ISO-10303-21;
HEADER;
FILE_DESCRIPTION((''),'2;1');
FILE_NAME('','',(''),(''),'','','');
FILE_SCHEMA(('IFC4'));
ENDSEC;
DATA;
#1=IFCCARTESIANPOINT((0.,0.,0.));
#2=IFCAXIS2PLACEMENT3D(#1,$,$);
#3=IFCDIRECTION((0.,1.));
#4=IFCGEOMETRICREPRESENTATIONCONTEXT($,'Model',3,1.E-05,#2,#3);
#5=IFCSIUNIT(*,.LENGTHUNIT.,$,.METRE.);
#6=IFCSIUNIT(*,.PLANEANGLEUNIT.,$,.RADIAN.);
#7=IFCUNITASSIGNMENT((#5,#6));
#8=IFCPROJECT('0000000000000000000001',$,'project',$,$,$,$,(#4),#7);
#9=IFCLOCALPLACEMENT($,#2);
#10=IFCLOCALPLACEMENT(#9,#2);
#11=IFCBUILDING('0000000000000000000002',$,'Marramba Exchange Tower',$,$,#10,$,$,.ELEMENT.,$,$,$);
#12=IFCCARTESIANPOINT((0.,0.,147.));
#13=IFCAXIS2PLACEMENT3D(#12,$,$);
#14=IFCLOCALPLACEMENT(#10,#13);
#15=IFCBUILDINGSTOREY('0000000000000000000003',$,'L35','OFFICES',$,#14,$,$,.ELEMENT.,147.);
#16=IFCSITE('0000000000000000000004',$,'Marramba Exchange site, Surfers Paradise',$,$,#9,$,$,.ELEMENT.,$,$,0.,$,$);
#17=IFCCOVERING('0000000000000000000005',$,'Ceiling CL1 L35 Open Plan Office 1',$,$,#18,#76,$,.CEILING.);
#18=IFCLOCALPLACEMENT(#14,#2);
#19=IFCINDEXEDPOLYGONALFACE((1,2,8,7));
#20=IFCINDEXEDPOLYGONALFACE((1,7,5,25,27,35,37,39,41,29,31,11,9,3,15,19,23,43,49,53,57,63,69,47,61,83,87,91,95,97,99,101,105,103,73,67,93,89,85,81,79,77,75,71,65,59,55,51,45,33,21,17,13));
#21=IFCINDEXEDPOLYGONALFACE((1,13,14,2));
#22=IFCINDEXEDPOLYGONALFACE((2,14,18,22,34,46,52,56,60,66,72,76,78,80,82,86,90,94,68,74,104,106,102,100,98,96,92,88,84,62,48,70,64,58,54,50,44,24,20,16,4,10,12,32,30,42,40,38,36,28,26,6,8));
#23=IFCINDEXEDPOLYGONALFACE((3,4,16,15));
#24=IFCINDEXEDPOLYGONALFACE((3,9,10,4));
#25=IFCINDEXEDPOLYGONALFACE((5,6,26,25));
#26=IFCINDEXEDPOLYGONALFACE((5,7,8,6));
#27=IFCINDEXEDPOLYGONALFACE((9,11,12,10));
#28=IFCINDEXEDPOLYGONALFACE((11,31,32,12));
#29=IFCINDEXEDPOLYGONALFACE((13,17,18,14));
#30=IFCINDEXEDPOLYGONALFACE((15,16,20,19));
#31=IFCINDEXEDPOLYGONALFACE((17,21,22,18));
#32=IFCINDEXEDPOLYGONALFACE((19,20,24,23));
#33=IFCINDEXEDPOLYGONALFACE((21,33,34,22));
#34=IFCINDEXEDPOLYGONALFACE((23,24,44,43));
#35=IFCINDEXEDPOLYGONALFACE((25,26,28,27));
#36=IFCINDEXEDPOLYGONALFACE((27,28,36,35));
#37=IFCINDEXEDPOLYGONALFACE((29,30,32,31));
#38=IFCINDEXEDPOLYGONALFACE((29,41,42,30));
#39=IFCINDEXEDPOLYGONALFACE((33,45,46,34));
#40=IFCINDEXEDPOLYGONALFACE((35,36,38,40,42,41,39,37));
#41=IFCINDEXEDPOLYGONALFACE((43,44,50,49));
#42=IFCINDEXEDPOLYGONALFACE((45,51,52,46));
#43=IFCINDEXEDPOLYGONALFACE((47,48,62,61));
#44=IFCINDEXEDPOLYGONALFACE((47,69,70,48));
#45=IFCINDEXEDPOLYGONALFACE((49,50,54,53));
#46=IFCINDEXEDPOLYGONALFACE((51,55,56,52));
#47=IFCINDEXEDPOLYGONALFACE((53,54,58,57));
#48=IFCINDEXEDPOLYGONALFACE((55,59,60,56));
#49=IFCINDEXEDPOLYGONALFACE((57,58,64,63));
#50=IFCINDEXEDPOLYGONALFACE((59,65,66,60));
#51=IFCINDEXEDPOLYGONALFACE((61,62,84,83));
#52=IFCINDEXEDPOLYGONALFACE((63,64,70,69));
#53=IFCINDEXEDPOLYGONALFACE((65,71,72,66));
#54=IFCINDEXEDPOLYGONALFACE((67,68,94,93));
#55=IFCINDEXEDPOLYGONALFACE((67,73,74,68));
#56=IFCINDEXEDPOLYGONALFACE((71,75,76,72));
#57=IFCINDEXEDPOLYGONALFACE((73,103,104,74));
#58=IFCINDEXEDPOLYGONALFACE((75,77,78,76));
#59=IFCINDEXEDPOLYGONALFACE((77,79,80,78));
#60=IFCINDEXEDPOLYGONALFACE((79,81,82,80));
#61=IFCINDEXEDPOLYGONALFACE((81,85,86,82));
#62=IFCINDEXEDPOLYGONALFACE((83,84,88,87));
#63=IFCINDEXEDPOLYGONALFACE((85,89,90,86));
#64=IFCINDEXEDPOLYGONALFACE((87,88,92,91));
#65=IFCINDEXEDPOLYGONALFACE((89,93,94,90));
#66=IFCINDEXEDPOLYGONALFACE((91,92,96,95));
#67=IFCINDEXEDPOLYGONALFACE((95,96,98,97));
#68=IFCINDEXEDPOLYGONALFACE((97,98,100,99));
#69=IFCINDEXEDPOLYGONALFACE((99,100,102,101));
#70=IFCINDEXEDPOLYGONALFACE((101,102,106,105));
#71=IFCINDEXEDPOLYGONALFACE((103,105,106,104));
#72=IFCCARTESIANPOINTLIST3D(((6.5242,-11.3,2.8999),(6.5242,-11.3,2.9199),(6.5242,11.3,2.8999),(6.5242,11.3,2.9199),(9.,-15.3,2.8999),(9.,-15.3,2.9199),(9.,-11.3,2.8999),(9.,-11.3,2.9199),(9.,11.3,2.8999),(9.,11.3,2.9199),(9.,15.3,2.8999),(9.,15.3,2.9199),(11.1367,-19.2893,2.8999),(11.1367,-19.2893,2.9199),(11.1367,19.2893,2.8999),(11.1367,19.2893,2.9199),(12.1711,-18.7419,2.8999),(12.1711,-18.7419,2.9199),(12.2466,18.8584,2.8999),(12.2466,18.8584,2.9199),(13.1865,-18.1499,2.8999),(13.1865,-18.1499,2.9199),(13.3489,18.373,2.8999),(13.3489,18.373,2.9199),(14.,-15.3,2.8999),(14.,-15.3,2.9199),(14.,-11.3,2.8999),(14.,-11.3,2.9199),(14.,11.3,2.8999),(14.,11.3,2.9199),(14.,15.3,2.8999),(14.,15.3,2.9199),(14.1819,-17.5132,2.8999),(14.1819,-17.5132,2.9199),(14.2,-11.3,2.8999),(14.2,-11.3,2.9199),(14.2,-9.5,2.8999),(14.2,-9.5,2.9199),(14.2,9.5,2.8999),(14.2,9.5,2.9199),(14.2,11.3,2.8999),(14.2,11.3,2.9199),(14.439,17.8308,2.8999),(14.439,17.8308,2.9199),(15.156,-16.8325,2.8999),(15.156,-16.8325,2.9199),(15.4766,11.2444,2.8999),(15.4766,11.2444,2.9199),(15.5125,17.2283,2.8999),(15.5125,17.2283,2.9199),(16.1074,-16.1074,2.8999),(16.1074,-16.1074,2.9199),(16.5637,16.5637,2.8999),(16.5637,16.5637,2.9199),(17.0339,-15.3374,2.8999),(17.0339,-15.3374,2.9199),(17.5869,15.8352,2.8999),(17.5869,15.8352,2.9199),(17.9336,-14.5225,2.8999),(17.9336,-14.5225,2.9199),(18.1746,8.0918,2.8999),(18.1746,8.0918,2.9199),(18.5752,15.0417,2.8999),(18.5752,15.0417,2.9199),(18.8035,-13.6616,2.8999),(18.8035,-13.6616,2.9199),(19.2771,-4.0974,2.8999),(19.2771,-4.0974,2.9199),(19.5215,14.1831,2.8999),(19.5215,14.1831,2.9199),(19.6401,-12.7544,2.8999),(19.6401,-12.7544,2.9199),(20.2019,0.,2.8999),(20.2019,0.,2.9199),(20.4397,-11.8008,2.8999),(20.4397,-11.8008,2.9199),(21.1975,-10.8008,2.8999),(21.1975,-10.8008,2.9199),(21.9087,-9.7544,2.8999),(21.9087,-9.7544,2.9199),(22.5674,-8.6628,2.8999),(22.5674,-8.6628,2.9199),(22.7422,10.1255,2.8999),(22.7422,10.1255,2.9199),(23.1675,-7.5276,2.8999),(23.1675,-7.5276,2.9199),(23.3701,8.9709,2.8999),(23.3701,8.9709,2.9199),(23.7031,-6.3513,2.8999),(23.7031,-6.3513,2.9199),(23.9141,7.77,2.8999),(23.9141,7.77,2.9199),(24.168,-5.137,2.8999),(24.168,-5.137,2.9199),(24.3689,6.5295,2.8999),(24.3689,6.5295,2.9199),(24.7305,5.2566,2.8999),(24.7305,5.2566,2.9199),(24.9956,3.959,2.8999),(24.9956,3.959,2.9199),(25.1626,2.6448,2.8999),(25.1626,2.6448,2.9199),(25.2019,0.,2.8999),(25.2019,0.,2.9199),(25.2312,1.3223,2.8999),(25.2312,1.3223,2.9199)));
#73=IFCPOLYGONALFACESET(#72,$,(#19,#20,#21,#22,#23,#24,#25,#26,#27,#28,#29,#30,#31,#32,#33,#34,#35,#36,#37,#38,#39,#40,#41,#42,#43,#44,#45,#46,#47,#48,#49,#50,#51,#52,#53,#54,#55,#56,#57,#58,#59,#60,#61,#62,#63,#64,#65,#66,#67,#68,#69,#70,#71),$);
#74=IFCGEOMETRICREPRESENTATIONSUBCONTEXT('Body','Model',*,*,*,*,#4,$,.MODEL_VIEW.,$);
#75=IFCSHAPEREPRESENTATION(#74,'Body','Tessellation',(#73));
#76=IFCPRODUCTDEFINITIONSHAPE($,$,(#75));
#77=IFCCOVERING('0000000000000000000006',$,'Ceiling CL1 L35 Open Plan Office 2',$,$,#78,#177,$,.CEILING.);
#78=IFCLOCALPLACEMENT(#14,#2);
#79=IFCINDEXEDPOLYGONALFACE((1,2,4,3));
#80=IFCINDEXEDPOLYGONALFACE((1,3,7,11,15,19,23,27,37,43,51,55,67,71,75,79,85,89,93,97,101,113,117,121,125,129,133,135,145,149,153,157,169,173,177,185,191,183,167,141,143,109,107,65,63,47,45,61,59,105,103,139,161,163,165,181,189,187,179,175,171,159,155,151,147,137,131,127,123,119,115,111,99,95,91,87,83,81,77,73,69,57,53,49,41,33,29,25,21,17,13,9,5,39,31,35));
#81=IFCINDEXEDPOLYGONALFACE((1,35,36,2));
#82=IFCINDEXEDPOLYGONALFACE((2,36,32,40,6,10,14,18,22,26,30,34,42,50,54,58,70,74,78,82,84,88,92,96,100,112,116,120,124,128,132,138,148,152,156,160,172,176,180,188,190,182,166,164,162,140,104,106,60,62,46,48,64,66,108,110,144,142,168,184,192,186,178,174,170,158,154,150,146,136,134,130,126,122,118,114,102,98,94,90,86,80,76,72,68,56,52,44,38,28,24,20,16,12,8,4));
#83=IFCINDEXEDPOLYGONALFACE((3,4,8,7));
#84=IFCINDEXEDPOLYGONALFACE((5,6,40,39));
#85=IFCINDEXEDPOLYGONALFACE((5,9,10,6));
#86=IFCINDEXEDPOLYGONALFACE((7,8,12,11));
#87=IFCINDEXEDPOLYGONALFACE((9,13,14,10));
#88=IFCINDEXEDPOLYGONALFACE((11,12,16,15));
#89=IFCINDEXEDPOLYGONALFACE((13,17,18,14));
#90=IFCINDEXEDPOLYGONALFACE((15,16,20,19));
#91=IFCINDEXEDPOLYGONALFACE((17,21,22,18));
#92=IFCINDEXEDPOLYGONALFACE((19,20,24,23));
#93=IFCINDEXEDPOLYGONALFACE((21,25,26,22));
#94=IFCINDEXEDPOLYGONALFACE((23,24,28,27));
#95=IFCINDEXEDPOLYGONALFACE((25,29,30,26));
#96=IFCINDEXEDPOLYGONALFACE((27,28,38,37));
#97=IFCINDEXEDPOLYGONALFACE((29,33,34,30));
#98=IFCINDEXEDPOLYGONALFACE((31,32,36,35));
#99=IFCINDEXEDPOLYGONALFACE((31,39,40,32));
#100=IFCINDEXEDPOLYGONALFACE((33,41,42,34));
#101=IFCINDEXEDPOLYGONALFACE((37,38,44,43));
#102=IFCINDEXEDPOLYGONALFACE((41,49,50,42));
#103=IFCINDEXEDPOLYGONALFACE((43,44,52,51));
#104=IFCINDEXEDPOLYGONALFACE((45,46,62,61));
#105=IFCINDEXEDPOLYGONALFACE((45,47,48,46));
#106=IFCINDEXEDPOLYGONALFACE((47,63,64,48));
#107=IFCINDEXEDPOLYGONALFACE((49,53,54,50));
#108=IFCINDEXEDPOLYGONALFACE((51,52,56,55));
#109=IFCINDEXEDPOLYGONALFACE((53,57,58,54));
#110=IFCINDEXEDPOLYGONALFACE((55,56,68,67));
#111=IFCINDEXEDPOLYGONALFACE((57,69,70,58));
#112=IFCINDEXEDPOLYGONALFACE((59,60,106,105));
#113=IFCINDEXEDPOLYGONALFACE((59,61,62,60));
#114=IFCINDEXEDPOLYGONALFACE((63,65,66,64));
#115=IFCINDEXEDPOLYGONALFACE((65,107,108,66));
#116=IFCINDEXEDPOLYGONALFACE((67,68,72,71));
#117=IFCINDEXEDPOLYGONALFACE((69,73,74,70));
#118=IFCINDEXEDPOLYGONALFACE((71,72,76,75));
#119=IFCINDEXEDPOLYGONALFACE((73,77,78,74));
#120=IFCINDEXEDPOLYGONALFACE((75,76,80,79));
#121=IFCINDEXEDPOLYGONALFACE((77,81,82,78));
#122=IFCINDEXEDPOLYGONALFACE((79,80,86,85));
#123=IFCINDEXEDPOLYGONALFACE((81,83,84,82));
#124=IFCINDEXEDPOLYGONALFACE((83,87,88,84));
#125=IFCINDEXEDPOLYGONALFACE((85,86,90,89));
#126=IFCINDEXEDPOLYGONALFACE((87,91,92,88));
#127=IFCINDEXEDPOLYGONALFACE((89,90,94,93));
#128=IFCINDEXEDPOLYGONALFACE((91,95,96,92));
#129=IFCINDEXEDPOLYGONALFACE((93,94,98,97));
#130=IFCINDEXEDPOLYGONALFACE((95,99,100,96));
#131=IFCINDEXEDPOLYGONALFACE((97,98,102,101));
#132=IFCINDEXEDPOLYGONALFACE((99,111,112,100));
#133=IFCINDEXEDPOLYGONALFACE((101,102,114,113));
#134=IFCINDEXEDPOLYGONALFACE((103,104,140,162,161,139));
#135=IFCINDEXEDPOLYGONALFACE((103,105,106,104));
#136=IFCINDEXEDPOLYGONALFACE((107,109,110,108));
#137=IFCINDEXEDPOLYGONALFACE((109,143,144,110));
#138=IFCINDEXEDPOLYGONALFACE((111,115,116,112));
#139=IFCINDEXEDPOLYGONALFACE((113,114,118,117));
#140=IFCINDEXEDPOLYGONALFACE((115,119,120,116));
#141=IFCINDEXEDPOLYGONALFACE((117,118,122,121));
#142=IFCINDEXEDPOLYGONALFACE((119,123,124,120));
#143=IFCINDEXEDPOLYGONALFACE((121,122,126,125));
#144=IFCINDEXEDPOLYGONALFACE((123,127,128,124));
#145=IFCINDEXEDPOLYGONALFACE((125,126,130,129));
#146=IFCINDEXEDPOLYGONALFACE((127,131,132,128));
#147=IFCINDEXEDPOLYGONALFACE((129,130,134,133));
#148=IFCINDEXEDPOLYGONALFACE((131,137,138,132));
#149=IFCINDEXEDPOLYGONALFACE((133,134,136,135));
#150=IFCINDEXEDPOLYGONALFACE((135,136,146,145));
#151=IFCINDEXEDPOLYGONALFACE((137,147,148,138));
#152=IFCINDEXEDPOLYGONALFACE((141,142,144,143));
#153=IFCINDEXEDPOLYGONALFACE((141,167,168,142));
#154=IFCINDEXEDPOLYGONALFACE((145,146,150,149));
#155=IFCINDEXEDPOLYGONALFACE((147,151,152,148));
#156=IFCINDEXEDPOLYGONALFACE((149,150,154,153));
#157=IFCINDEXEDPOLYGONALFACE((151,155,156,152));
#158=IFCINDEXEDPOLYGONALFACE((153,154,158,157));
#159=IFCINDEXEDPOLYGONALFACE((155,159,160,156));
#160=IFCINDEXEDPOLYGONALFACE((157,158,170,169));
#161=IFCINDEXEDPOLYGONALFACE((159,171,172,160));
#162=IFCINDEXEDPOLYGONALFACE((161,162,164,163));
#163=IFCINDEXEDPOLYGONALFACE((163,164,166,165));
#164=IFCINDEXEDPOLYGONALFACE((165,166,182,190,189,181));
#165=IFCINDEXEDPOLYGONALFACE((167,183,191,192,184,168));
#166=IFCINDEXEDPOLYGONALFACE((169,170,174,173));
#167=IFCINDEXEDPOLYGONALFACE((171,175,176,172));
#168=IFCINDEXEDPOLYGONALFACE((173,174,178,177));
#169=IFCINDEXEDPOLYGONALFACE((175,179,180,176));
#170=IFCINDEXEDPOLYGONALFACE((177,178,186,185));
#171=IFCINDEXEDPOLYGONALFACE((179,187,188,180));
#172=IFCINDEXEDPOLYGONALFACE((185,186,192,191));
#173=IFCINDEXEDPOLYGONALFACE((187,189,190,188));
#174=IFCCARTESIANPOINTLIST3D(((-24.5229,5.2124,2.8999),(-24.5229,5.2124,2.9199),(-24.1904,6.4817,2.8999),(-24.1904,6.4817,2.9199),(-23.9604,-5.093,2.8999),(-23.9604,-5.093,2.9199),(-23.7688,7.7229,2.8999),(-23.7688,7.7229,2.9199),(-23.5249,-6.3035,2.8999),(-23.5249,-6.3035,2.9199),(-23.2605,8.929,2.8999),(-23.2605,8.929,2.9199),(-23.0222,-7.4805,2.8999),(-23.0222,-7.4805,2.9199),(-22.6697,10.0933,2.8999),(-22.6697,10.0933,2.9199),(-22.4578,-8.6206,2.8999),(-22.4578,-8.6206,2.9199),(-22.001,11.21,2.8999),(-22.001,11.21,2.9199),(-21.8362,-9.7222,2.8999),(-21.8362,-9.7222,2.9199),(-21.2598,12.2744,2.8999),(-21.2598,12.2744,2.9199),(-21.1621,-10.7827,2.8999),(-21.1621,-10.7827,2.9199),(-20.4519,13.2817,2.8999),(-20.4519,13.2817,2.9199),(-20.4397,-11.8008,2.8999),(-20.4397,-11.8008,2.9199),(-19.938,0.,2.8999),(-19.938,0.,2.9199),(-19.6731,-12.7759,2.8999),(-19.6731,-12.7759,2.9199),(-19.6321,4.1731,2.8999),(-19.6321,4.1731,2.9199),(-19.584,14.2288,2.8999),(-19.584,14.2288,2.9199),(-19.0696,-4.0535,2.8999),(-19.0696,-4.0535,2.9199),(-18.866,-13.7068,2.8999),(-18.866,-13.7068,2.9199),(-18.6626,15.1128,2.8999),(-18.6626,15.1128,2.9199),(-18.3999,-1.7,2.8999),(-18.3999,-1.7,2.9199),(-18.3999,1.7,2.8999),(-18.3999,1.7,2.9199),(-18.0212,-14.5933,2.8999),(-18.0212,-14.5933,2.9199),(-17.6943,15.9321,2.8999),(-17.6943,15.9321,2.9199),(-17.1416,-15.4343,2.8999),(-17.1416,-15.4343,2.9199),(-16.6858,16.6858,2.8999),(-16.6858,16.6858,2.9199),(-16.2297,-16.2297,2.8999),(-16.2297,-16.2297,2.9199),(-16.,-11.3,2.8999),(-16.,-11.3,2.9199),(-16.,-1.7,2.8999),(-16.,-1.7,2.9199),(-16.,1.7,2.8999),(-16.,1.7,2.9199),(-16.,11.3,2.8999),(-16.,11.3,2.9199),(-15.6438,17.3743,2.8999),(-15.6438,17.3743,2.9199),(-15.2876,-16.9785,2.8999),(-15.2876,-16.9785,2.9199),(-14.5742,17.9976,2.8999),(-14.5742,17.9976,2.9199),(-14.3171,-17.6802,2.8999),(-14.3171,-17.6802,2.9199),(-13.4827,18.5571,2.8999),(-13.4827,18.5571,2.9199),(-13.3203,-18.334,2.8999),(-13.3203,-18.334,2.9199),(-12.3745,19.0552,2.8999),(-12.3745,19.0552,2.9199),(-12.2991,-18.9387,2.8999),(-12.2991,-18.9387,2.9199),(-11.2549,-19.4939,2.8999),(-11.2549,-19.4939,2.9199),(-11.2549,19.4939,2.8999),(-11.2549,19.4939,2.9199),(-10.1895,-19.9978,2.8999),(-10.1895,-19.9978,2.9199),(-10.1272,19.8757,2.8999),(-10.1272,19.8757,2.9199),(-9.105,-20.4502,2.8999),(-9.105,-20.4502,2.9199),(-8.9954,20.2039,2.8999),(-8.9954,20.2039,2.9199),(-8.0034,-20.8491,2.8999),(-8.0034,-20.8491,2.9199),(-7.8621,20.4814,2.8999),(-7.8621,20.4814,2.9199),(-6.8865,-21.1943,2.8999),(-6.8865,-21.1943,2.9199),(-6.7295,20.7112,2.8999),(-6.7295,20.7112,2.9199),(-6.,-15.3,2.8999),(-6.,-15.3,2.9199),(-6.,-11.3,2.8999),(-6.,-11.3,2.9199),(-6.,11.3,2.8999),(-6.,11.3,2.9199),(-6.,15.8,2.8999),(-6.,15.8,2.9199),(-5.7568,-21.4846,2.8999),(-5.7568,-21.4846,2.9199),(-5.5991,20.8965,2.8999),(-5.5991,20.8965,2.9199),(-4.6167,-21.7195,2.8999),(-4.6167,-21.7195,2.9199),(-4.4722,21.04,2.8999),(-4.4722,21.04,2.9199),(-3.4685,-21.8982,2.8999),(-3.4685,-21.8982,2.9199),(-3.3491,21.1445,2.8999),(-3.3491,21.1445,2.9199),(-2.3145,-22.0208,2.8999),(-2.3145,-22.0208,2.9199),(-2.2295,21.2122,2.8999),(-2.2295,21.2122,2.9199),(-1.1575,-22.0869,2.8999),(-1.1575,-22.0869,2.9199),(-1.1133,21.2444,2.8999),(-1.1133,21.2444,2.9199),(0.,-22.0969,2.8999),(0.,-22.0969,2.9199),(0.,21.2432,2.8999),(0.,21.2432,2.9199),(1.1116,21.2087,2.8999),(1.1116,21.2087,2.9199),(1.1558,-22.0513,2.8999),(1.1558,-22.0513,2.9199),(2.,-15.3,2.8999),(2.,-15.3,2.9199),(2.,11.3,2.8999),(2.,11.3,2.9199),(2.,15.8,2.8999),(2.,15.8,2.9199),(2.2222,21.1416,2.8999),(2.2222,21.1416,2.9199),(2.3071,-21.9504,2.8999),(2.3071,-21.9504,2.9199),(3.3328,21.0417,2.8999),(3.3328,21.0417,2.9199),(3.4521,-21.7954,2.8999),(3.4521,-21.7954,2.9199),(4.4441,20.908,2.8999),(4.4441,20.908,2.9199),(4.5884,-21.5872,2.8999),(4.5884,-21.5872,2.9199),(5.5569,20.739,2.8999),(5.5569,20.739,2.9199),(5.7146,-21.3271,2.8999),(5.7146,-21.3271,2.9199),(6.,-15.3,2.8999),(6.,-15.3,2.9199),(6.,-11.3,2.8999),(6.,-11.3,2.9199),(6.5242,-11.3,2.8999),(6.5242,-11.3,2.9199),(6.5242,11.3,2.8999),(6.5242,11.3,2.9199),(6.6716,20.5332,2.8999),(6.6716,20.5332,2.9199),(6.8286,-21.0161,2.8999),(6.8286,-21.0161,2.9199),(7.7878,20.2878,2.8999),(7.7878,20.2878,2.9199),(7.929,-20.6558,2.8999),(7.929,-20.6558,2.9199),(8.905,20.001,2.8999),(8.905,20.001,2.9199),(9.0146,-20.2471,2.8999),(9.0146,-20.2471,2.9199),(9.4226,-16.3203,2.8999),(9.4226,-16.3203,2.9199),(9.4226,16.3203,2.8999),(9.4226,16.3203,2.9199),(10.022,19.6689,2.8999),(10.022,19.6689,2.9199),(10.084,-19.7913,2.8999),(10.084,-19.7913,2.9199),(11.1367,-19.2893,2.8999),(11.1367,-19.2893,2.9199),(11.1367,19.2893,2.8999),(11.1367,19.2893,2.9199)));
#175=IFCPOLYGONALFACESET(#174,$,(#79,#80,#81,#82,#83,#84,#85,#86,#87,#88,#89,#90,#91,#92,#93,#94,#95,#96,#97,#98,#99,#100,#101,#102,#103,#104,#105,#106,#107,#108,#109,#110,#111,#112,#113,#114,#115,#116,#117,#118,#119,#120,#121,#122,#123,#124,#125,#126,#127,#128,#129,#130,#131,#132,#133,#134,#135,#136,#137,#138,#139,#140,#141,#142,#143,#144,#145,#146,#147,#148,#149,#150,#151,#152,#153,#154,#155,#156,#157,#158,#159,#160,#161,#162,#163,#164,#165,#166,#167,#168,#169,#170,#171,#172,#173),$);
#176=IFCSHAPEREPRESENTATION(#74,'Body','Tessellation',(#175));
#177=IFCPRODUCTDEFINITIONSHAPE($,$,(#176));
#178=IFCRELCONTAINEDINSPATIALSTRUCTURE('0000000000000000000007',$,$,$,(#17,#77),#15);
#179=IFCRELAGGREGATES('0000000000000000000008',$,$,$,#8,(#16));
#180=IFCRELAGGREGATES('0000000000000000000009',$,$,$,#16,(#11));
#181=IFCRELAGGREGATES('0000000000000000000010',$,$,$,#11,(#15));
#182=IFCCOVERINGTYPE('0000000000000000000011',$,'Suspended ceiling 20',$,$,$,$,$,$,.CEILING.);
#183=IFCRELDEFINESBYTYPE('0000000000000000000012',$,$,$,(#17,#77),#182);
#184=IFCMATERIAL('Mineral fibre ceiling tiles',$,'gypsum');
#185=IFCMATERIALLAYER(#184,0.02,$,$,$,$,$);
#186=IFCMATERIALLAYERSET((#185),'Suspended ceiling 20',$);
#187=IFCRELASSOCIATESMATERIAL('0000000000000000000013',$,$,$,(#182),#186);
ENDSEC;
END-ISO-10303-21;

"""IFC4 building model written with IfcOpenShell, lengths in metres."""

from ifc_helpers import new_model, si_unit, direction, frame, origin, place, context, subcontext, project, spatial, polyline, outline, extrude, material, layer, layer_set, type_object, element, save


model = new_model("IFC4")

# Units and contexts
model_context = context("Model", 3, precision=1e-05, world=origin(), true_north=direction((0.0, 1.0)))
body_context = subcontext(model_context, "Body", "Model", "MODEL_VIEW")
ifc_project = project(units=[si_unit("LENGTHUNIT", "METRE"), si_unit("PLANEANGLEUNIT", "RADIAN")], contexts=[model_context])

# Site, building, storey
site_placement = place(None, origin())
site = spatial("IfcSite", under=ifc_project, at=site_placement, Name="Marramba Exchange site, Surfers Paradise", CompositionType="ELEMENT", RefElevation=0.0)
building_placement = place(site_placement, origin())
building = spatial("IfcBuilding", under=site, at=building_placement, Name="Marramba Exchange Tower", CompositionType="ELEMENT")
storey_placement = place(building_placement, frame((0.0, 0.0, 147.0)))
storey = spatial("IfcBuildingStorey", under=building, at=storey_placement, Name="L35", Description="OFFICES", CompositionType="ELEMENT", Elevation=147.0)

# Coverings
ifc_material_1 = material(Name="Mineral fibre ceiling tiles", Category="gypsum")
ifc_layer_1 = layer(ifc_material_1, 0.02)
ifc_layer_set_1 = layer_set([ifc_layer_1], Name="Suspended ceiling 20")
covering_type = type_object("IfcCoveringType", Name="Suspended ceiling 20", PredefinedType="CEILING", material=ifc_layer_set_1)
covering_1_placement = place(storey_placement, frame((0.0, 0.0, 2.8999)))
element("IfcCovering", 1, at=covering_1_placement, inside=storey, type_object=covering_type, Name="Ceiling CL1 L35 Open Plan Office 1", PredefinedType="CEILING", context=body_context, shape_type="SweptSolid", body=[
    extrude(outline(polyline([(14.2, -9.5), (14.2, 9.5), (14.2, 11.3), (14.0, 11.3), (14.0, 15.3), (9.0, 15.3), (9.0, 11.3), (6.5242, 11.3), (11.1367, 19.2893), (12.2466, 18.8584), (13.3489, 18.373), (14.439, 17.8308), (15.5125, 17.2283), (16.5637, 16.5637), (17.5869, 15.8352), (18.5752, 15.0417), (19.5215, 14.1831), (15.4766, 11.2444), (18.1746, 8.0918), (22.7422, 10.1255), (23.3701, 8.9709), (23.9141, 7.77), (24.3689, 6.5295), (24.7305, 5.2566), (24.9956, 3.959), (25.1626, 2.6448), (25.2312, 1.3223), (25.2019, 0.0), (20.2019, 0.0), (19.2771, -4.0974), (24.168, -5.137), (23.7031, -6.3513), (23.1675, -7.5276), (22.5674, -8.6628), (21.9087, -9.7544), (21.1975, -10.8008), (20.4397, -11.8008), (19.6401, -12.7544), (18.8035, -13.6616), (17.9336, -14.5225), (17.0339, -15.3374), (16.1074, -16.1074), (15.156, -16.8325), (14.1819, -17.5132), (13.1865, -18.1499), (12.1711, -18.7419), (11.1367, -19.2893), (6.5242, -11.3), (9.0, -11.3), (9.0, -15.3), (14.0, -15.3), (14.0, -11.3), (14.2, -11.3), (14.2, -9.5)])), origin(), (0.0, 0.0, 1.0), 0.02),
])
covering_2_placement = place(storey_placement, frame((0.0, 0.0, 2.8999)))
element("IfcCovering", 2, at=covering_2_placement, inside=storey, type_object=covering_type, Name="Ceiling CL1 L35 Open Plan Office 2", PredefinedType="CEILING", context=body_context, shape_type="SweptSolid", body=[
    extrude(outline(polyline([(-16.0, 1.7), (-18.3999, 1.7), (-18.3999, -1.7), (-16.0, -1.7), (-16.0, -11.3), (-6.0, -11.3), (-6.0, -15.3), (2.0, -15.3), (6.0, -15.3), (6.0, -11.3), (6.5242, -11.3), (9.4226, -16.3203), (11.1367, -19.2893), (10.084, -19.7913), (9.0146, -20.2471), (7.929, -20.6558), (6.8286, -21.0161), (5.7146, -21.3271), (4.5884, -21.5872), (3.4521, -21.7954), (2.3071, -21.9504), (1.1558, -22.0513), (0.0, -22.0969), (-1.1575, -22.0869), (-2.3145, -22.0208), (-3.4685, -21.8982), (-4.6167, -21.7195), (-5.7568, -21.4846), (-6.8865, -21.1943), (-8.0034, -20.8491), (-9.105, -20.4502), (-10.1895, -19.9978), (-11.2549, -19.4939), (-12.2991, -18.9387), (-13.3203, -18.334), (-14.3171, -17.6802), (-15.2876, -16.9785), (-16.2297, -16.2297), (-17.1416, -15.4343), (-18.0212, -14.5933), (-18.866, -13.7068), (-19.6731, -12.7759), (-20.4397, -11.8008), (-21.1621, -10.7827), (-21.8362, -9.7222), (-22.4578, -8.6206), (-23.0222, -7.4805), (-23.5249, -6.3035), (-23.9604, -5.093), (-19.0696, -4.0535), (-19.938, 0.0), (-19.6321, 4.1731), (-24.5229, 5.2124), (-24.1904, 6.4817), (-23.7688, 7.7229), (-23.2605, 8.929), (-22.6697, 10.0933), (-22.001, 11.21), (-21.2598, 12.2744), (-20.4519, 13.2817), (-19.584, 14.2288), (-18.6626, 15.1128), (-17.6943, 15.9321), (-16.6858, 16.6858), (-15.6438, 17.3743), (-14.5742, 17.9976), (-13.4827, 18.5571), (-12.3745, 19.0552), (-11.2549, 19.4939), (-10.1272, 19.8757), (-8.9954, 20.2039), (-7.8621, 20.4814), (-6.7295, 20.7112), (-5.5991, 20.8965), (-4.4722, 21.04), (-3.3491, 21.1445), (-2.2295, 21.2122), (-1.1133, 21.2444), (0.0, 21.2432), (1.1116, 21.2087), (2.2222, 21.1416), (3.3328, 21.0417), (4.4441, 20.908), (5.5569, 20.739), (6.6716, 20.5332), (7.7878, 20.2878), (8.905, 20.001), (10.022, 19.6689), (11.1367, 19.2893), (9.4226, 16.3203), (6.5242, 11.3), (2.0, 11.3), (2.0, 15.8), (-6.0, 15.8), (-6.0, 11.3), (-16.0, 11.3), (-16.0, 1.7)])), origin(), (0.0, 0.0, 1.0), 0.02),
])

save(model, "model.ifc")
